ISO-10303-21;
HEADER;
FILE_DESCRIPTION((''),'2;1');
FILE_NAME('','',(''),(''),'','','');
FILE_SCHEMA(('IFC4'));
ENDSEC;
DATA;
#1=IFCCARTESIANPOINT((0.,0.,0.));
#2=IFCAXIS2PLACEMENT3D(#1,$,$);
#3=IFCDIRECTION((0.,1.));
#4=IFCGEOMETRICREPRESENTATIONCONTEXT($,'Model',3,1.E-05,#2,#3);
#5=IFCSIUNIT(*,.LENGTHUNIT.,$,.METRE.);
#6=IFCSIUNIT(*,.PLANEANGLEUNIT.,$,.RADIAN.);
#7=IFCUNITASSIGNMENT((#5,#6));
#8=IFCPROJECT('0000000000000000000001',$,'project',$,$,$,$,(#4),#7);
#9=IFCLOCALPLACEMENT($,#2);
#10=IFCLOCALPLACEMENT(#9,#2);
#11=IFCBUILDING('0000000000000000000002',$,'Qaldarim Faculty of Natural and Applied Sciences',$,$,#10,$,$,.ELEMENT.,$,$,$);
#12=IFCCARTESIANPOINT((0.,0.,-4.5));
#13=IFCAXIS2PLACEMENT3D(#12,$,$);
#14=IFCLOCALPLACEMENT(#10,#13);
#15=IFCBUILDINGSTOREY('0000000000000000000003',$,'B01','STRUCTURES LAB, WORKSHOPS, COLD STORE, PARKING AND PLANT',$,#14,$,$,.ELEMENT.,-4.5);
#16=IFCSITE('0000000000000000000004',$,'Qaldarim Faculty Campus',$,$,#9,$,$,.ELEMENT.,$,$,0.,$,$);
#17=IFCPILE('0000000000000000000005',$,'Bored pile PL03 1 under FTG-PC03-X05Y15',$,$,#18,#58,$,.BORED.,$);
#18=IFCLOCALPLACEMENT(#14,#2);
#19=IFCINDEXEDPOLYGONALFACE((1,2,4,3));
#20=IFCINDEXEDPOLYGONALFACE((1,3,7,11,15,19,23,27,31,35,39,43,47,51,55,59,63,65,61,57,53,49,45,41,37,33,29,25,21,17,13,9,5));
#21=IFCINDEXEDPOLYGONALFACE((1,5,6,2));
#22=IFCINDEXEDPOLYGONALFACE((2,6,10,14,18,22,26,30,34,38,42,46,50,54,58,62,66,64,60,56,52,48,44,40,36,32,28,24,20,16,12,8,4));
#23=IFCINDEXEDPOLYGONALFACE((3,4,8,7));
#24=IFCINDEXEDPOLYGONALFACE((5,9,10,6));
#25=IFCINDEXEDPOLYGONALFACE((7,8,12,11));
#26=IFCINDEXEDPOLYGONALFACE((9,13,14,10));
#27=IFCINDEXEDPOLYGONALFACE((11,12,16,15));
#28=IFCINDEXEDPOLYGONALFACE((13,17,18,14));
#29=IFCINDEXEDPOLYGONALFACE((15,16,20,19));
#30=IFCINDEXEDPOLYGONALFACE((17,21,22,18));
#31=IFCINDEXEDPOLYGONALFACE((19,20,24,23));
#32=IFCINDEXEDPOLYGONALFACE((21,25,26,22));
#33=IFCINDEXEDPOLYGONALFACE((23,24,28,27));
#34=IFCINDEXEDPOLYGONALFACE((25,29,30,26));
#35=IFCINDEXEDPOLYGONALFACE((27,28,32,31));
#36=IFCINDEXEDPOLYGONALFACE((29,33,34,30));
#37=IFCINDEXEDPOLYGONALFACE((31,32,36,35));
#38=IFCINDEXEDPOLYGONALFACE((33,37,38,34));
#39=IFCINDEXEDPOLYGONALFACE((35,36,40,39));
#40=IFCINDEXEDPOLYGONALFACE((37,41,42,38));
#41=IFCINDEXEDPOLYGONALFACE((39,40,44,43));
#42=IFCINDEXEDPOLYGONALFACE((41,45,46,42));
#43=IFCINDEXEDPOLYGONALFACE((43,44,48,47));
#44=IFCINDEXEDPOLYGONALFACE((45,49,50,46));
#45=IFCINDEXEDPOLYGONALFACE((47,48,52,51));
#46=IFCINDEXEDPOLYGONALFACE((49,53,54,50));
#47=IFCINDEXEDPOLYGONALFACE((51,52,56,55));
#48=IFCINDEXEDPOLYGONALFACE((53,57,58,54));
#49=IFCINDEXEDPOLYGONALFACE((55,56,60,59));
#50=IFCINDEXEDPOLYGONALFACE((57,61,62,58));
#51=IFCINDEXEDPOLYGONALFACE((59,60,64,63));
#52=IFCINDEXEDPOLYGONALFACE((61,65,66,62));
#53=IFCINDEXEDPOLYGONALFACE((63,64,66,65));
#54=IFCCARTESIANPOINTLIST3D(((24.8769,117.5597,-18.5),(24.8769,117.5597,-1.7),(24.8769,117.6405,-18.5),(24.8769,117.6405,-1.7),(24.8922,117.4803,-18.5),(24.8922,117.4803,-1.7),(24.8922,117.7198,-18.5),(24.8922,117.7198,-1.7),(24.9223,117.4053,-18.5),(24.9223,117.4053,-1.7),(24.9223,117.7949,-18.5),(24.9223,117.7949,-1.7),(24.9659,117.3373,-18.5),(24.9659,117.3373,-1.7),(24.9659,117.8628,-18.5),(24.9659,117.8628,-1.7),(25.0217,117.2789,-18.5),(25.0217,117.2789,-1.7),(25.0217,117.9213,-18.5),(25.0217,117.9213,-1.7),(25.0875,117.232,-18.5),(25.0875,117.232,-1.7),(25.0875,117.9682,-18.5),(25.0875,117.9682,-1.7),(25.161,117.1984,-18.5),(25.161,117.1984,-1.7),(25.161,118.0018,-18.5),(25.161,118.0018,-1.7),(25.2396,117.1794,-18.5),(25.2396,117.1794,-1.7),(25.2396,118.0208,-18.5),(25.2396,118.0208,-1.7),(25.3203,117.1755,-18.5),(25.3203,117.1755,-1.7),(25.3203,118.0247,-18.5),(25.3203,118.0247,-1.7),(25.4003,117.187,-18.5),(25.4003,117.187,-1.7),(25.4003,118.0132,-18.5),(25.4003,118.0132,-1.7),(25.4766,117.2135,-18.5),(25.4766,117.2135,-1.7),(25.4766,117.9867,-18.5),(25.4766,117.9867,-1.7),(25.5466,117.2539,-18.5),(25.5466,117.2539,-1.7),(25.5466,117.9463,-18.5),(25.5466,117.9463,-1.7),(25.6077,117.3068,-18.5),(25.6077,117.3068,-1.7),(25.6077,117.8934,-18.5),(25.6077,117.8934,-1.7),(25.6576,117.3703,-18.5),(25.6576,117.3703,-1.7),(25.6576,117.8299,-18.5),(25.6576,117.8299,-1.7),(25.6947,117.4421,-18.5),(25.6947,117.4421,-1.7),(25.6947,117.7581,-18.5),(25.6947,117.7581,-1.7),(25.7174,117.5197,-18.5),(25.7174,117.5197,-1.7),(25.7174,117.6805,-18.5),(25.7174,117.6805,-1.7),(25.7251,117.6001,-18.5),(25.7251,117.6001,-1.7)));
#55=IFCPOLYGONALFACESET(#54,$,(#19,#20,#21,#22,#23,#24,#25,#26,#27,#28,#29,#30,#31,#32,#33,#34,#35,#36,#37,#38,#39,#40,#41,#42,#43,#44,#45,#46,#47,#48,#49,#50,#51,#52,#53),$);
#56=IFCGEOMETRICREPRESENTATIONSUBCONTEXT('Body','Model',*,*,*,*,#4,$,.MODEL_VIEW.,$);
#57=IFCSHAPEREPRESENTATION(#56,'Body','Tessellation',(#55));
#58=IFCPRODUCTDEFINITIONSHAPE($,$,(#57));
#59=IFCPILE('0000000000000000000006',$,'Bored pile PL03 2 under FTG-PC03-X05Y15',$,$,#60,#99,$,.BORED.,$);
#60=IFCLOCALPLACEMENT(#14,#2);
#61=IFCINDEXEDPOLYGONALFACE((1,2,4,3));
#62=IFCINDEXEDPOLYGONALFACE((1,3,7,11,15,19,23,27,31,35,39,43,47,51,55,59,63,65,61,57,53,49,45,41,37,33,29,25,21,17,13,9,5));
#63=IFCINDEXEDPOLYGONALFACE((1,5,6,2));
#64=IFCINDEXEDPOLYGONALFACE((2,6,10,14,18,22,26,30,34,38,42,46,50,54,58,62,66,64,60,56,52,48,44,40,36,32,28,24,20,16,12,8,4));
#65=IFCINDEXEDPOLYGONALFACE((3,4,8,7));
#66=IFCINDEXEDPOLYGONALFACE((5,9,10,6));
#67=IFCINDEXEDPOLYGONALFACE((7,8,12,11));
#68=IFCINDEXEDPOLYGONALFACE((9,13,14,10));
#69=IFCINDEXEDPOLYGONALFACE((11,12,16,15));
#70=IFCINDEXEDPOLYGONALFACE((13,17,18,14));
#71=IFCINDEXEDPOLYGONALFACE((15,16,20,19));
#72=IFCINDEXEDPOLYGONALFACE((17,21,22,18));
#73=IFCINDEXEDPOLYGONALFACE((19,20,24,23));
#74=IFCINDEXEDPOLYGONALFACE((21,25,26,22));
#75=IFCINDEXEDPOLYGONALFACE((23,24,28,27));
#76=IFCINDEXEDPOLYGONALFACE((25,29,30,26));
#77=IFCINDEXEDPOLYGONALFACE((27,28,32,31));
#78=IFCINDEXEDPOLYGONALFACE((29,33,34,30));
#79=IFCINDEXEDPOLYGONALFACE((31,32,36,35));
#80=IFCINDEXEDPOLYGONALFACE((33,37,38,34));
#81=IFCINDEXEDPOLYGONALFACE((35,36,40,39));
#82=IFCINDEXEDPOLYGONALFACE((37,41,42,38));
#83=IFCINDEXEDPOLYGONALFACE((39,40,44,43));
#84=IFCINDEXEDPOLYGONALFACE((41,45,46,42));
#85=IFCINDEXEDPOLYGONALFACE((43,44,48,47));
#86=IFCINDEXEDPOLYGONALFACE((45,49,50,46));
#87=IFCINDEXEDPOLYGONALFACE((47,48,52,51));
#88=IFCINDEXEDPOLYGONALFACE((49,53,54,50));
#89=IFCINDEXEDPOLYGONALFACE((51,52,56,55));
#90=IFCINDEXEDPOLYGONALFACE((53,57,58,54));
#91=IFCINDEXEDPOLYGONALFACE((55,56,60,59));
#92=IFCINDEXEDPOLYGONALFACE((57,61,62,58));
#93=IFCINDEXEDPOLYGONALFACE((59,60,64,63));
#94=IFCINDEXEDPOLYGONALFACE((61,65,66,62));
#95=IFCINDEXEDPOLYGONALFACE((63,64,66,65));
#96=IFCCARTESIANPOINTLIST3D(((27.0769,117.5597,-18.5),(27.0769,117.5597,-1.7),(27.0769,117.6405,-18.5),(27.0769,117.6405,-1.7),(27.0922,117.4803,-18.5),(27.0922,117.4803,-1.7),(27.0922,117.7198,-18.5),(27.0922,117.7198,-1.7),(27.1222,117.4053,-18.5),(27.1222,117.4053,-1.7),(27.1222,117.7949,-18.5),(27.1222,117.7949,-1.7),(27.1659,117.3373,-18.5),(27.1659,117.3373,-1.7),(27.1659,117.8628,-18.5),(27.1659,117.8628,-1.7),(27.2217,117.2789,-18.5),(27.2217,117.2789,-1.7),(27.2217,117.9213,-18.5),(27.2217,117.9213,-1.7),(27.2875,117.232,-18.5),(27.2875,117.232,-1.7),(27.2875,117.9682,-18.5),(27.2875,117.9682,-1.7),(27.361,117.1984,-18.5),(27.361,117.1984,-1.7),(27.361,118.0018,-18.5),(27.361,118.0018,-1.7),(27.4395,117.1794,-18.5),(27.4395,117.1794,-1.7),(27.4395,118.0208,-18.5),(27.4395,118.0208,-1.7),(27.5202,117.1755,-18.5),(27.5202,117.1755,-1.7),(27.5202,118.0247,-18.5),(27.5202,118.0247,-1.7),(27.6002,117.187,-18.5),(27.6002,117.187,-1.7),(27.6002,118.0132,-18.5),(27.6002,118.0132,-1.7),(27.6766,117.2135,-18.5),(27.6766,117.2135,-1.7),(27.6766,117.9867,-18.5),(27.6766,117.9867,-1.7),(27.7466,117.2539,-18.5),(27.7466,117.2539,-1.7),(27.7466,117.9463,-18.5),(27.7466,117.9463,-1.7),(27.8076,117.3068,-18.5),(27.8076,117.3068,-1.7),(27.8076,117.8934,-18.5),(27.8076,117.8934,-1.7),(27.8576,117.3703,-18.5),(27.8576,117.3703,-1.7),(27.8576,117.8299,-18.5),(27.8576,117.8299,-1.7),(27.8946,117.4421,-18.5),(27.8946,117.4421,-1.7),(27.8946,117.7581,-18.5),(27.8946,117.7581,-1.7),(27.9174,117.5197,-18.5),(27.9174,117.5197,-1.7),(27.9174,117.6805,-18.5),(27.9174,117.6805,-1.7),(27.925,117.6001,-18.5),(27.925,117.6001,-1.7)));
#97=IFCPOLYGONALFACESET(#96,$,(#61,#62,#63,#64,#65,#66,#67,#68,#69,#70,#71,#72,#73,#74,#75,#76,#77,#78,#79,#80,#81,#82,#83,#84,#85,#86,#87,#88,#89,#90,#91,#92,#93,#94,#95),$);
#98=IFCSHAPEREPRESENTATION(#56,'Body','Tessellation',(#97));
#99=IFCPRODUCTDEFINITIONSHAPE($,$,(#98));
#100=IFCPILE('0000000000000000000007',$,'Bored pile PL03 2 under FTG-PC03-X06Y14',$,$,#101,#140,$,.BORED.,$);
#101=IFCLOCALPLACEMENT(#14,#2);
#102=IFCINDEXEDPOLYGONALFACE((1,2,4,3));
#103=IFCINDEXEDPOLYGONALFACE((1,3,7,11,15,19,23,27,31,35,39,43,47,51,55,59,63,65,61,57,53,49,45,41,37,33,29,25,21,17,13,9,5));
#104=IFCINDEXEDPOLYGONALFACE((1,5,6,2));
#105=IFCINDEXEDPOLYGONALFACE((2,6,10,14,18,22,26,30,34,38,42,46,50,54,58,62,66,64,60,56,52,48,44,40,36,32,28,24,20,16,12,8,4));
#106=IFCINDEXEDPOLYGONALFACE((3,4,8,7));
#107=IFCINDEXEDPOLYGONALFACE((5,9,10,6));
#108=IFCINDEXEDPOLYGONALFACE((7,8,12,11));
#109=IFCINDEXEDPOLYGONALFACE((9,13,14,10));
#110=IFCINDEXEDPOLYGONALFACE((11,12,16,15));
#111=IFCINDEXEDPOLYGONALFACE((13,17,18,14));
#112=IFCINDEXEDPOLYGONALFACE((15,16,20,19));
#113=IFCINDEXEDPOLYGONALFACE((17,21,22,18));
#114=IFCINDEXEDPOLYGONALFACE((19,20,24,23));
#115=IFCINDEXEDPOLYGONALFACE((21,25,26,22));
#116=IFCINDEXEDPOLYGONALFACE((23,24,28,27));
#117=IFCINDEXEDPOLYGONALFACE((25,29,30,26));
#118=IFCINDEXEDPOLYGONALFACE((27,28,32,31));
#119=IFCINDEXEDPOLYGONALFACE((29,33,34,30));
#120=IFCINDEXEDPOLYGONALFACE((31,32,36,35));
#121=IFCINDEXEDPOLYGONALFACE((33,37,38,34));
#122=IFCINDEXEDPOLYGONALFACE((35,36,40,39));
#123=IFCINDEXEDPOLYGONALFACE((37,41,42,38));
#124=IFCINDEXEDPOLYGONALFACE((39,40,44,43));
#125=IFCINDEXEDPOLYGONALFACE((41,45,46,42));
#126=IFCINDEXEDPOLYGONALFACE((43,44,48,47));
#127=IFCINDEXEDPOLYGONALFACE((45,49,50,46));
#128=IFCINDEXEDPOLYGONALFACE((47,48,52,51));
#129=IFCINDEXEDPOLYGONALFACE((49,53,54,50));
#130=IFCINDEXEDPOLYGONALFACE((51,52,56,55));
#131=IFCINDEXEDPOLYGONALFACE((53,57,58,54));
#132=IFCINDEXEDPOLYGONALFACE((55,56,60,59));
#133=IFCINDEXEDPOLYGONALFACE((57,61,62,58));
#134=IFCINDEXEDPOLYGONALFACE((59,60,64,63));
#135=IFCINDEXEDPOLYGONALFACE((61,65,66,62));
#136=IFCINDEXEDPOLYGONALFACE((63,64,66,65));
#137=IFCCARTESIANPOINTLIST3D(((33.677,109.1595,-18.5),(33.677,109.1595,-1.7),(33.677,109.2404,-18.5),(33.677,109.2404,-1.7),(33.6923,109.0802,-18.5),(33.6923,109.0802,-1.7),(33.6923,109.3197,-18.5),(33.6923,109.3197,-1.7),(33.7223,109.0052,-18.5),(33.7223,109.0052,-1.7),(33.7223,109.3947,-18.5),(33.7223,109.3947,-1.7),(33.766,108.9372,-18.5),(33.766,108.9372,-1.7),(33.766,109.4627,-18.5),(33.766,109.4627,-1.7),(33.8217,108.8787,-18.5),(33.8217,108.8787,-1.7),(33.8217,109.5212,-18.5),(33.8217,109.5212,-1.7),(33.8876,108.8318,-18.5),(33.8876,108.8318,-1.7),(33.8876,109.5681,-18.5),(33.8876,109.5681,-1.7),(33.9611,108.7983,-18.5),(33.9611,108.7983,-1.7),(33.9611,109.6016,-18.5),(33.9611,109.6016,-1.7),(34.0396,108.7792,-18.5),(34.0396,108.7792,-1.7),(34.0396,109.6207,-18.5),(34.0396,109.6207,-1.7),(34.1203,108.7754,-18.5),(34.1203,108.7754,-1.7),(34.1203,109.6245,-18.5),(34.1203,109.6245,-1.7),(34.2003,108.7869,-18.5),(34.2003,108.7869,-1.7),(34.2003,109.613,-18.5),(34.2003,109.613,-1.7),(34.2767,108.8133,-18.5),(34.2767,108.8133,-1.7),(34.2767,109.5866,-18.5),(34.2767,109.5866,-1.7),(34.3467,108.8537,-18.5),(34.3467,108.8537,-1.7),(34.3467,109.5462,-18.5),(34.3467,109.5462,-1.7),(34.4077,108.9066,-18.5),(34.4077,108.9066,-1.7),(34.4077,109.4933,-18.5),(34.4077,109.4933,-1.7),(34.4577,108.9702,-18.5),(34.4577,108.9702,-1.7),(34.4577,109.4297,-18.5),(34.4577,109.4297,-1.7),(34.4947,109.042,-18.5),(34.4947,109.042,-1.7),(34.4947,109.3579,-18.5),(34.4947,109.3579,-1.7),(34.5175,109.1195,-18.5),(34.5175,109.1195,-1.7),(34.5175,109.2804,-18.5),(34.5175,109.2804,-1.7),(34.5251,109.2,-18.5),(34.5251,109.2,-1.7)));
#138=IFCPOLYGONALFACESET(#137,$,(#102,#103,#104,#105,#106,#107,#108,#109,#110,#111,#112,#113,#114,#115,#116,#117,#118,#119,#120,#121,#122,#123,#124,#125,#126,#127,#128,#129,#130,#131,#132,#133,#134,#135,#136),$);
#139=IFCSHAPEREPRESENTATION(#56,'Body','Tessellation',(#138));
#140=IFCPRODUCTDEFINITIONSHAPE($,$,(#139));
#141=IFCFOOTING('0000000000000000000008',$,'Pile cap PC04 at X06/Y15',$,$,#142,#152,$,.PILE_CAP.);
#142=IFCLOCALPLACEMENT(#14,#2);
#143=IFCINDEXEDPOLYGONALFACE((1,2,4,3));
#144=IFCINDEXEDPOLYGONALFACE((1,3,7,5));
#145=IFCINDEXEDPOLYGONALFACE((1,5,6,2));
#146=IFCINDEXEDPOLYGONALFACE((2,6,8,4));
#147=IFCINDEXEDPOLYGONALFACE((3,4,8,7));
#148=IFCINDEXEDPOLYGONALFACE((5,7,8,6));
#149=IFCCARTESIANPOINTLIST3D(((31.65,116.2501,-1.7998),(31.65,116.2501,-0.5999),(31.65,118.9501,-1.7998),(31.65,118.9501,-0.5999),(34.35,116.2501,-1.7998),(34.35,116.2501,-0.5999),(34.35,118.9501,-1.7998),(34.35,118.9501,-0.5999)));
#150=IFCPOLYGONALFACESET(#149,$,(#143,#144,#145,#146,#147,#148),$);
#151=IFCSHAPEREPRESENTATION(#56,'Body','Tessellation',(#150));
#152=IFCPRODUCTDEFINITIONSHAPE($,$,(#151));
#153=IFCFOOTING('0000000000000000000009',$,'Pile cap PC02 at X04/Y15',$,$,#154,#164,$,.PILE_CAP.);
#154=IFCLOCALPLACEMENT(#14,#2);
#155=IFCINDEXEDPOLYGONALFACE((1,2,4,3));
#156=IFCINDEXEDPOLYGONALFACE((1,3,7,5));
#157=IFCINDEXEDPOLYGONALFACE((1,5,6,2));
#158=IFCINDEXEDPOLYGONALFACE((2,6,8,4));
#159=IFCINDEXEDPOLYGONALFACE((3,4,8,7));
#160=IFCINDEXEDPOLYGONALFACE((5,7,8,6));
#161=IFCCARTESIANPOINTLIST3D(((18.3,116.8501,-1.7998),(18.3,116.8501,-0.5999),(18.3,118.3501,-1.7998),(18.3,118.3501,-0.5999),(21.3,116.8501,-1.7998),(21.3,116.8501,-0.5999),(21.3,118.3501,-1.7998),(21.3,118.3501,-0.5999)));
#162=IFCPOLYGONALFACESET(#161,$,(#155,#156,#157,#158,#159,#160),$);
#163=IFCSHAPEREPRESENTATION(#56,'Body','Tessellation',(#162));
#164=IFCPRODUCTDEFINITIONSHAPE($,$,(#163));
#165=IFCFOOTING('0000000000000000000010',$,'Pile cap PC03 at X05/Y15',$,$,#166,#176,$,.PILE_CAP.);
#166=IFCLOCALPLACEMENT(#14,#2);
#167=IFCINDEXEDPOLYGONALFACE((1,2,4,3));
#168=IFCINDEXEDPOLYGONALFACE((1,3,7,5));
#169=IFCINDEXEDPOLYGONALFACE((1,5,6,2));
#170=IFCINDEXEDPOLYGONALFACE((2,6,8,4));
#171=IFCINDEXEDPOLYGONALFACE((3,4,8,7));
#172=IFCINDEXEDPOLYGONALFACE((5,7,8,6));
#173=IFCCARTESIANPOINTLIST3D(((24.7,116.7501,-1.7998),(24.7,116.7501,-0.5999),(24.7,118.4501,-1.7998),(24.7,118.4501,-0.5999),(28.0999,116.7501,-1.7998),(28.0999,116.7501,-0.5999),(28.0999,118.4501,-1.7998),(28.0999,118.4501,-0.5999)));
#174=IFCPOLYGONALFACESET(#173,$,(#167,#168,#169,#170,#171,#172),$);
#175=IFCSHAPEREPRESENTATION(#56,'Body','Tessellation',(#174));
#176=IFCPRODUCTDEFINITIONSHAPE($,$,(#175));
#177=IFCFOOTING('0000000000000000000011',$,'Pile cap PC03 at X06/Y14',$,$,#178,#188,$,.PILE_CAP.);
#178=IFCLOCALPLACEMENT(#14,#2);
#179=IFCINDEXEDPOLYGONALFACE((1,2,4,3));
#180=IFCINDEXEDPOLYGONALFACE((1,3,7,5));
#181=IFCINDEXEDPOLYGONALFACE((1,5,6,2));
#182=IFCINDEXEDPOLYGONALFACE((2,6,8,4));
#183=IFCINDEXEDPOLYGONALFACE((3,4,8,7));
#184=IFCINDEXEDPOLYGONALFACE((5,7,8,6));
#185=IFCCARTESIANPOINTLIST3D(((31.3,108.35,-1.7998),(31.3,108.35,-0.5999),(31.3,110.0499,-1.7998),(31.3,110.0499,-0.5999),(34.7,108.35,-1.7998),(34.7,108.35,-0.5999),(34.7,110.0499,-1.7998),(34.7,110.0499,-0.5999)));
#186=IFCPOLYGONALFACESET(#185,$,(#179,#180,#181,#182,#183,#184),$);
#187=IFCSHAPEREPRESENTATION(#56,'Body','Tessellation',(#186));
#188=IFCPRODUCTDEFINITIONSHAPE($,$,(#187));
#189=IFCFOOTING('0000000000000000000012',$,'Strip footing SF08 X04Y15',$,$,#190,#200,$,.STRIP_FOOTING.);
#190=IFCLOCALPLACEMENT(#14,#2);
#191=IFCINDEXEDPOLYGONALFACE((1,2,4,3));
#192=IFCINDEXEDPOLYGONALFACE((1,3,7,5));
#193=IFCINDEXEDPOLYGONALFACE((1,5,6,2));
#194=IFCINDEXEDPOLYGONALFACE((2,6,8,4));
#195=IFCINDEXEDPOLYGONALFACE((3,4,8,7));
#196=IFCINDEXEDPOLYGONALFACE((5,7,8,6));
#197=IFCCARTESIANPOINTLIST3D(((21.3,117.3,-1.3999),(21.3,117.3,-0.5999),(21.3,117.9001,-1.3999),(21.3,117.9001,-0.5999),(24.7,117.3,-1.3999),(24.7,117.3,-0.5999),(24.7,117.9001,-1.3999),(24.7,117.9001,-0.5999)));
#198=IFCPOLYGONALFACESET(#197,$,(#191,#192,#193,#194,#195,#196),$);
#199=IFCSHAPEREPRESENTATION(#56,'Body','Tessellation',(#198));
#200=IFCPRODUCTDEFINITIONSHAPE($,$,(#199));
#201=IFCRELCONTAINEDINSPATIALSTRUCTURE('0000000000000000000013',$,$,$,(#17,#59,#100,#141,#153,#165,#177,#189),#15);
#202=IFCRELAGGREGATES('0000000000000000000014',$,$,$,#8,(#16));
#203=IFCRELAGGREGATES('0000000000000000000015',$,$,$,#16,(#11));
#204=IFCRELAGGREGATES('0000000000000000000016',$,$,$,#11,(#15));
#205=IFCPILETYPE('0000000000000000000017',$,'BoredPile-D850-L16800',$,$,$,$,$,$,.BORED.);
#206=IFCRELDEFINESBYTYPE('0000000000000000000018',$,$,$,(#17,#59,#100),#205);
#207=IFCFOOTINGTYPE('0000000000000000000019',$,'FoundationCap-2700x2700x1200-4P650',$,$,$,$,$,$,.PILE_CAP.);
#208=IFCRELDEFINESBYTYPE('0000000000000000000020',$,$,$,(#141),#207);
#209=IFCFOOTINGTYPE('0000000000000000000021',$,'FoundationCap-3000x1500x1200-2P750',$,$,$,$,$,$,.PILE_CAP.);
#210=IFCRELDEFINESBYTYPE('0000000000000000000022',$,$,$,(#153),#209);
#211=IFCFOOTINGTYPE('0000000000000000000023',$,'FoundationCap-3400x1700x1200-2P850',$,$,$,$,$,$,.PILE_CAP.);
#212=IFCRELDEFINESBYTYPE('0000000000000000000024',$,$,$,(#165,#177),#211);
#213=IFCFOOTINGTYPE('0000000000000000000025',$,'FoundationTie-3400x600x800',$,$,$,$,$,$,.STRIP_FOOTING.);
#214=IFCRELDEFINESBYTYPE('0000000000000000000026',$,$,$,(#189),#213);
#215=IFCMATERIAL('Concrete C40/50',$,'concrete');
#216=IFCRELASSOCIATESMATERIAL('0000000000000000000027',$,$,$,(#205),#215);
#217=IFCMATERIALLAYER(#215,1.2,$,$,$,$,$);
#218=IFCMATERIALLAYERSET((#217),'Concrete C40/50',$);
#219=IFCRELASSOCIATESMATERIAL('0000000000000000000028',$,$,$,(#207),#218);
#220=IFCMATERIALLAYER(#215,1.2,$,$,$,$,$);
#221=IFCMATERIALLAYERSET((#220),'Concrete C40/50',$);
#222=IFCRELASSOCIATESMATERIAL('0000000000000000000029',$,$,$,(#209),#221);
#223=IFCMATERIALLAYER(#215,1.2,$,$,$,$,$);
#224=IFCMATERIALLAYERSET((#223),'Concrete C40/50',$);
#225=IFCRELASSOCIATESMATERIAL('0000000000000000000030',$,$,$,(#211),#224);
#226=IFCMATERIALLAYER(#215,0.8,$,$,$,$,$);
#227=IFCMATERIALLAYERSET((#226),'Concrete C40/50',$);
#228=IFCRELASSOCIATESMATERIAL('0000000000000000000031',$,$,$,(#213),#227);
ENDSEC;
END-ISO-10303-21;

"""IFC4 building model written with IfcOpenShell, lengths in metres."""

from ifc_helpers import new_model, si_unit, direction, frame, origin, origin_2d, place, context, subcontext, project, spatial, rectangle, circle, extrude, material, layer, layer_set, material_profile, profile_set, type_object, element, save


model = new_model("IFC4")

# Units and contexts
model_context = context("Model", 3, precision=1e-05, world=origin(), true_north=direction((0.0, 1.0)))
body_context = subcontext(model_context, "Body", "Model", "MODEL_VIEW")
ifc_project = project(units=[si_unit("LENGTHUNIT", "METRE"), si_unit("PLANEANGLEUNIT", "RADIAN")], contexts=[model_context])

# Site, building, storey
site_placement = place(None, origin())
site = spatial("IfcSite", under=ifc_project, at=site_placement, Name="Qaldarim Faculty Campus", CompositionType="ELEMENT", RefElevation=0.0)
building_placement = place(site_placement, origin())
building = spatial("IfcBuilding", under=site, at=building_placement, Name="Qaldarim Faculty of Natural and Applied Sciences", CompositionType="ELEMENT")
storey_placement = place(building_placement, frame((0.0, 0.0, -4.5)))
storey = spatial("IfcBuildingStorey", under=building, at=storey_placement, Name="B01", Description="STRUCTURES LAB, WORKSHOPS, COLD STORE, PARKING AND PLANT", CompositionType="ELEMENT", Elevation=-4.5)

# Piles
ifc_material_1 = material(Name="Concrete C40/50", Category="concrete")
ifc_material_profile_1 = material_profile(ifc_material_1, circle(Radius=0.425, at=origin_2d()), Name="PILE-D850")
ifc_profile_set_1 = profile_set([ifc_material_profile_1], Name="Concrete C40/50")
pile_type_1 = type_object("IfcPileType", Name="BoredPile-D850-L16800", PredefinedType="BORED", material=ifc_profile_set_1)
for number, where, z_axis, x_axis, name in (
    (1, (25.3, 117.6001, -1.7), (0.0, 0.0, -1.0), (1.0, 0.0, 0.0), "Bored pile PL03 1 under FTG-PC03-X05Y15"),
    (2, (27.5, 117.6001, -1.7), (0.0, 0.0, -1.0), (1.0, 0.0, 0.0), "Bored pile PL03 2 under FTG-PC03-X05Y15"),
    (3, (34.1001, 109.2, -1.7), (0.0, 0.0, -1.0), (1.0, 0.0, 0.0), "Bored pile PL03 2 under FTG-PC03-X06Y14"),
):
    element("IfcPile", number, at=place(storey_placement, frame(where, z_axis=z_axis, x_axis=x_axis)), inside=storey, type_object=pile_type_1, Name=name, PredefinedType="BORED", context=body_context, shape_type="SweptSolid", body=[
        extrude(circle(Radius=0.425, at=origin_2d()), origin(), (0.0, 0.0, 1.0), 16.8),
    ])

# Footings
ifc_layer_1 = layer(ifc_material_1, 1.2)
ifc_layer_set_1 = layer_set([ifc_layer_1], Name="Concrete C40/50")
footing_type_1 = type_object("IfcFootingType", Name="FoundationCap-2700x2700x1200-4P650", PredefinedType="PILE_CAP", material=ifc_layer_set_1)
footing_1_placement = place(storey_placement, frame((33.0, 117.6001, -1.7998), z_axis=(0.0, 0.0, 1.0), x_axis=(1.0, 0.0, 0.0)))
element("IfcFooting", 4, at=footing_1_placement, inside=storey, type_object=footing_type_1, Name="Pile cap PC04 at X06/Y15", PredefinedType="PILE_CAP", context=body_context, shape_type="SweptSolid", body=[
    extrude(rectangle(XDim=2.7, YDim=2.7, at=origin_2d()), origin(), (0.0, 0.0, 1.0), 1.2),
])
ifc_layer_2 = layer(ifc_material_1, 1.2)
ifc_layer_set_2 = layer_set([ifc_layer_2], Name="Concrete C40/50")
footing_type_2 = type_object("IfcFootingType", Name="FoundationCap-3000x1500x1200-2P750", PredefinedType="PILE_CAP", material=ifc_layer_set_2)
footing_2_placement = place(storey_placement, frame((19.8, 117.6001, -1.7998), z_axis=(0.0, 0.0, 1.0), x_axis=(1.0, 0.0, 0.0)))
element("IfcFooting", 5, at=footing_2_placement, inside=storey, type_object=footing_type_2, Name="Pile cap PC02 at X04/Y15", PredefinedType="PILE_CAP", context=body_context, shape_type="SweptSolid", body=[
    extrude(rectangle(XDim=3.0, YDim=1.5, at=origin_2d()), origin(), (0.0, 0.0, 1.0), 1.2),
])
ifc_layer_3 = layer(ifc_material_1, 1.2)
ifc_layer_set_3 = layer_set([ifc_layer_3], Name="Concrete C40/50")
footing_type_3 = type_object("IfcFootingType", Name="FoundationCap-3400x1700x1200-2P850", PredefinedType="PILE_CAP", material=ifc_layer_set_3)
for number, where, z_axis, x_axis, name in (
    (6, (26.3999, 117.6001, -1.7998), (0.0, 0.0, 1.0), (1.0, 0.0, 0.0), "Pile cap PC03 at X05/Y15"),
    (7, (33.0, 109.2, -1.7998), (0.0, 0.0, 1.0), (1.0, 0.0, 0.0), "Pile cap PC03 at X06/Y14"),
):
    element("IfcFooting", number, at=place(storey_placement, frame(where, z_axis=z_axis, x_axis=x_axis)), inside=storey, type_object=footing_type_3, Name=name, PredefinedType="PILE_CAP", context=body_context, shape_type="SweptSolid", body=[
        extrude(rectangle(XDim=3.3999, YDim=1.7, at=origin_2d()), origin(), (0.0, 0.0, 1.0), 1.2),
    ])
ifc_layer_4 = layer(ifc_material_1, 0.8)
ifc_layer_set_4 = layer_set([ifc_layer_4], Name="Concrete C40/50")
footing_type_4 = type_object("IfcFootingType", Name="FoundationTie-3400x600x800", PredefinedType="STRIP_FOOTING", material=ifc_layer_set_4)
footing_3_placement = place(storey_placement, frame((23.0, 117.6001, -1.3999), z_axis=(0.0, 0.0, 1.0), x_axis=(1.0, 0.0, 0.0)))
element("IfcFooting", 8, at=footing_3_placement, inside=storey, type_object=footing_type_4, Name="Strip footing SF08 X04Y15", PredefinedType="STRIP_FOOTING", context=body_context, shape_type="SweptSolid", body=[
    extrude(rectangle(XDim=3.3999, YDim=0.6001, at=origin_2d()), origin(), (0.0, 0.0, 1.0), 0.8),
])

save(model, "model.ifc")
